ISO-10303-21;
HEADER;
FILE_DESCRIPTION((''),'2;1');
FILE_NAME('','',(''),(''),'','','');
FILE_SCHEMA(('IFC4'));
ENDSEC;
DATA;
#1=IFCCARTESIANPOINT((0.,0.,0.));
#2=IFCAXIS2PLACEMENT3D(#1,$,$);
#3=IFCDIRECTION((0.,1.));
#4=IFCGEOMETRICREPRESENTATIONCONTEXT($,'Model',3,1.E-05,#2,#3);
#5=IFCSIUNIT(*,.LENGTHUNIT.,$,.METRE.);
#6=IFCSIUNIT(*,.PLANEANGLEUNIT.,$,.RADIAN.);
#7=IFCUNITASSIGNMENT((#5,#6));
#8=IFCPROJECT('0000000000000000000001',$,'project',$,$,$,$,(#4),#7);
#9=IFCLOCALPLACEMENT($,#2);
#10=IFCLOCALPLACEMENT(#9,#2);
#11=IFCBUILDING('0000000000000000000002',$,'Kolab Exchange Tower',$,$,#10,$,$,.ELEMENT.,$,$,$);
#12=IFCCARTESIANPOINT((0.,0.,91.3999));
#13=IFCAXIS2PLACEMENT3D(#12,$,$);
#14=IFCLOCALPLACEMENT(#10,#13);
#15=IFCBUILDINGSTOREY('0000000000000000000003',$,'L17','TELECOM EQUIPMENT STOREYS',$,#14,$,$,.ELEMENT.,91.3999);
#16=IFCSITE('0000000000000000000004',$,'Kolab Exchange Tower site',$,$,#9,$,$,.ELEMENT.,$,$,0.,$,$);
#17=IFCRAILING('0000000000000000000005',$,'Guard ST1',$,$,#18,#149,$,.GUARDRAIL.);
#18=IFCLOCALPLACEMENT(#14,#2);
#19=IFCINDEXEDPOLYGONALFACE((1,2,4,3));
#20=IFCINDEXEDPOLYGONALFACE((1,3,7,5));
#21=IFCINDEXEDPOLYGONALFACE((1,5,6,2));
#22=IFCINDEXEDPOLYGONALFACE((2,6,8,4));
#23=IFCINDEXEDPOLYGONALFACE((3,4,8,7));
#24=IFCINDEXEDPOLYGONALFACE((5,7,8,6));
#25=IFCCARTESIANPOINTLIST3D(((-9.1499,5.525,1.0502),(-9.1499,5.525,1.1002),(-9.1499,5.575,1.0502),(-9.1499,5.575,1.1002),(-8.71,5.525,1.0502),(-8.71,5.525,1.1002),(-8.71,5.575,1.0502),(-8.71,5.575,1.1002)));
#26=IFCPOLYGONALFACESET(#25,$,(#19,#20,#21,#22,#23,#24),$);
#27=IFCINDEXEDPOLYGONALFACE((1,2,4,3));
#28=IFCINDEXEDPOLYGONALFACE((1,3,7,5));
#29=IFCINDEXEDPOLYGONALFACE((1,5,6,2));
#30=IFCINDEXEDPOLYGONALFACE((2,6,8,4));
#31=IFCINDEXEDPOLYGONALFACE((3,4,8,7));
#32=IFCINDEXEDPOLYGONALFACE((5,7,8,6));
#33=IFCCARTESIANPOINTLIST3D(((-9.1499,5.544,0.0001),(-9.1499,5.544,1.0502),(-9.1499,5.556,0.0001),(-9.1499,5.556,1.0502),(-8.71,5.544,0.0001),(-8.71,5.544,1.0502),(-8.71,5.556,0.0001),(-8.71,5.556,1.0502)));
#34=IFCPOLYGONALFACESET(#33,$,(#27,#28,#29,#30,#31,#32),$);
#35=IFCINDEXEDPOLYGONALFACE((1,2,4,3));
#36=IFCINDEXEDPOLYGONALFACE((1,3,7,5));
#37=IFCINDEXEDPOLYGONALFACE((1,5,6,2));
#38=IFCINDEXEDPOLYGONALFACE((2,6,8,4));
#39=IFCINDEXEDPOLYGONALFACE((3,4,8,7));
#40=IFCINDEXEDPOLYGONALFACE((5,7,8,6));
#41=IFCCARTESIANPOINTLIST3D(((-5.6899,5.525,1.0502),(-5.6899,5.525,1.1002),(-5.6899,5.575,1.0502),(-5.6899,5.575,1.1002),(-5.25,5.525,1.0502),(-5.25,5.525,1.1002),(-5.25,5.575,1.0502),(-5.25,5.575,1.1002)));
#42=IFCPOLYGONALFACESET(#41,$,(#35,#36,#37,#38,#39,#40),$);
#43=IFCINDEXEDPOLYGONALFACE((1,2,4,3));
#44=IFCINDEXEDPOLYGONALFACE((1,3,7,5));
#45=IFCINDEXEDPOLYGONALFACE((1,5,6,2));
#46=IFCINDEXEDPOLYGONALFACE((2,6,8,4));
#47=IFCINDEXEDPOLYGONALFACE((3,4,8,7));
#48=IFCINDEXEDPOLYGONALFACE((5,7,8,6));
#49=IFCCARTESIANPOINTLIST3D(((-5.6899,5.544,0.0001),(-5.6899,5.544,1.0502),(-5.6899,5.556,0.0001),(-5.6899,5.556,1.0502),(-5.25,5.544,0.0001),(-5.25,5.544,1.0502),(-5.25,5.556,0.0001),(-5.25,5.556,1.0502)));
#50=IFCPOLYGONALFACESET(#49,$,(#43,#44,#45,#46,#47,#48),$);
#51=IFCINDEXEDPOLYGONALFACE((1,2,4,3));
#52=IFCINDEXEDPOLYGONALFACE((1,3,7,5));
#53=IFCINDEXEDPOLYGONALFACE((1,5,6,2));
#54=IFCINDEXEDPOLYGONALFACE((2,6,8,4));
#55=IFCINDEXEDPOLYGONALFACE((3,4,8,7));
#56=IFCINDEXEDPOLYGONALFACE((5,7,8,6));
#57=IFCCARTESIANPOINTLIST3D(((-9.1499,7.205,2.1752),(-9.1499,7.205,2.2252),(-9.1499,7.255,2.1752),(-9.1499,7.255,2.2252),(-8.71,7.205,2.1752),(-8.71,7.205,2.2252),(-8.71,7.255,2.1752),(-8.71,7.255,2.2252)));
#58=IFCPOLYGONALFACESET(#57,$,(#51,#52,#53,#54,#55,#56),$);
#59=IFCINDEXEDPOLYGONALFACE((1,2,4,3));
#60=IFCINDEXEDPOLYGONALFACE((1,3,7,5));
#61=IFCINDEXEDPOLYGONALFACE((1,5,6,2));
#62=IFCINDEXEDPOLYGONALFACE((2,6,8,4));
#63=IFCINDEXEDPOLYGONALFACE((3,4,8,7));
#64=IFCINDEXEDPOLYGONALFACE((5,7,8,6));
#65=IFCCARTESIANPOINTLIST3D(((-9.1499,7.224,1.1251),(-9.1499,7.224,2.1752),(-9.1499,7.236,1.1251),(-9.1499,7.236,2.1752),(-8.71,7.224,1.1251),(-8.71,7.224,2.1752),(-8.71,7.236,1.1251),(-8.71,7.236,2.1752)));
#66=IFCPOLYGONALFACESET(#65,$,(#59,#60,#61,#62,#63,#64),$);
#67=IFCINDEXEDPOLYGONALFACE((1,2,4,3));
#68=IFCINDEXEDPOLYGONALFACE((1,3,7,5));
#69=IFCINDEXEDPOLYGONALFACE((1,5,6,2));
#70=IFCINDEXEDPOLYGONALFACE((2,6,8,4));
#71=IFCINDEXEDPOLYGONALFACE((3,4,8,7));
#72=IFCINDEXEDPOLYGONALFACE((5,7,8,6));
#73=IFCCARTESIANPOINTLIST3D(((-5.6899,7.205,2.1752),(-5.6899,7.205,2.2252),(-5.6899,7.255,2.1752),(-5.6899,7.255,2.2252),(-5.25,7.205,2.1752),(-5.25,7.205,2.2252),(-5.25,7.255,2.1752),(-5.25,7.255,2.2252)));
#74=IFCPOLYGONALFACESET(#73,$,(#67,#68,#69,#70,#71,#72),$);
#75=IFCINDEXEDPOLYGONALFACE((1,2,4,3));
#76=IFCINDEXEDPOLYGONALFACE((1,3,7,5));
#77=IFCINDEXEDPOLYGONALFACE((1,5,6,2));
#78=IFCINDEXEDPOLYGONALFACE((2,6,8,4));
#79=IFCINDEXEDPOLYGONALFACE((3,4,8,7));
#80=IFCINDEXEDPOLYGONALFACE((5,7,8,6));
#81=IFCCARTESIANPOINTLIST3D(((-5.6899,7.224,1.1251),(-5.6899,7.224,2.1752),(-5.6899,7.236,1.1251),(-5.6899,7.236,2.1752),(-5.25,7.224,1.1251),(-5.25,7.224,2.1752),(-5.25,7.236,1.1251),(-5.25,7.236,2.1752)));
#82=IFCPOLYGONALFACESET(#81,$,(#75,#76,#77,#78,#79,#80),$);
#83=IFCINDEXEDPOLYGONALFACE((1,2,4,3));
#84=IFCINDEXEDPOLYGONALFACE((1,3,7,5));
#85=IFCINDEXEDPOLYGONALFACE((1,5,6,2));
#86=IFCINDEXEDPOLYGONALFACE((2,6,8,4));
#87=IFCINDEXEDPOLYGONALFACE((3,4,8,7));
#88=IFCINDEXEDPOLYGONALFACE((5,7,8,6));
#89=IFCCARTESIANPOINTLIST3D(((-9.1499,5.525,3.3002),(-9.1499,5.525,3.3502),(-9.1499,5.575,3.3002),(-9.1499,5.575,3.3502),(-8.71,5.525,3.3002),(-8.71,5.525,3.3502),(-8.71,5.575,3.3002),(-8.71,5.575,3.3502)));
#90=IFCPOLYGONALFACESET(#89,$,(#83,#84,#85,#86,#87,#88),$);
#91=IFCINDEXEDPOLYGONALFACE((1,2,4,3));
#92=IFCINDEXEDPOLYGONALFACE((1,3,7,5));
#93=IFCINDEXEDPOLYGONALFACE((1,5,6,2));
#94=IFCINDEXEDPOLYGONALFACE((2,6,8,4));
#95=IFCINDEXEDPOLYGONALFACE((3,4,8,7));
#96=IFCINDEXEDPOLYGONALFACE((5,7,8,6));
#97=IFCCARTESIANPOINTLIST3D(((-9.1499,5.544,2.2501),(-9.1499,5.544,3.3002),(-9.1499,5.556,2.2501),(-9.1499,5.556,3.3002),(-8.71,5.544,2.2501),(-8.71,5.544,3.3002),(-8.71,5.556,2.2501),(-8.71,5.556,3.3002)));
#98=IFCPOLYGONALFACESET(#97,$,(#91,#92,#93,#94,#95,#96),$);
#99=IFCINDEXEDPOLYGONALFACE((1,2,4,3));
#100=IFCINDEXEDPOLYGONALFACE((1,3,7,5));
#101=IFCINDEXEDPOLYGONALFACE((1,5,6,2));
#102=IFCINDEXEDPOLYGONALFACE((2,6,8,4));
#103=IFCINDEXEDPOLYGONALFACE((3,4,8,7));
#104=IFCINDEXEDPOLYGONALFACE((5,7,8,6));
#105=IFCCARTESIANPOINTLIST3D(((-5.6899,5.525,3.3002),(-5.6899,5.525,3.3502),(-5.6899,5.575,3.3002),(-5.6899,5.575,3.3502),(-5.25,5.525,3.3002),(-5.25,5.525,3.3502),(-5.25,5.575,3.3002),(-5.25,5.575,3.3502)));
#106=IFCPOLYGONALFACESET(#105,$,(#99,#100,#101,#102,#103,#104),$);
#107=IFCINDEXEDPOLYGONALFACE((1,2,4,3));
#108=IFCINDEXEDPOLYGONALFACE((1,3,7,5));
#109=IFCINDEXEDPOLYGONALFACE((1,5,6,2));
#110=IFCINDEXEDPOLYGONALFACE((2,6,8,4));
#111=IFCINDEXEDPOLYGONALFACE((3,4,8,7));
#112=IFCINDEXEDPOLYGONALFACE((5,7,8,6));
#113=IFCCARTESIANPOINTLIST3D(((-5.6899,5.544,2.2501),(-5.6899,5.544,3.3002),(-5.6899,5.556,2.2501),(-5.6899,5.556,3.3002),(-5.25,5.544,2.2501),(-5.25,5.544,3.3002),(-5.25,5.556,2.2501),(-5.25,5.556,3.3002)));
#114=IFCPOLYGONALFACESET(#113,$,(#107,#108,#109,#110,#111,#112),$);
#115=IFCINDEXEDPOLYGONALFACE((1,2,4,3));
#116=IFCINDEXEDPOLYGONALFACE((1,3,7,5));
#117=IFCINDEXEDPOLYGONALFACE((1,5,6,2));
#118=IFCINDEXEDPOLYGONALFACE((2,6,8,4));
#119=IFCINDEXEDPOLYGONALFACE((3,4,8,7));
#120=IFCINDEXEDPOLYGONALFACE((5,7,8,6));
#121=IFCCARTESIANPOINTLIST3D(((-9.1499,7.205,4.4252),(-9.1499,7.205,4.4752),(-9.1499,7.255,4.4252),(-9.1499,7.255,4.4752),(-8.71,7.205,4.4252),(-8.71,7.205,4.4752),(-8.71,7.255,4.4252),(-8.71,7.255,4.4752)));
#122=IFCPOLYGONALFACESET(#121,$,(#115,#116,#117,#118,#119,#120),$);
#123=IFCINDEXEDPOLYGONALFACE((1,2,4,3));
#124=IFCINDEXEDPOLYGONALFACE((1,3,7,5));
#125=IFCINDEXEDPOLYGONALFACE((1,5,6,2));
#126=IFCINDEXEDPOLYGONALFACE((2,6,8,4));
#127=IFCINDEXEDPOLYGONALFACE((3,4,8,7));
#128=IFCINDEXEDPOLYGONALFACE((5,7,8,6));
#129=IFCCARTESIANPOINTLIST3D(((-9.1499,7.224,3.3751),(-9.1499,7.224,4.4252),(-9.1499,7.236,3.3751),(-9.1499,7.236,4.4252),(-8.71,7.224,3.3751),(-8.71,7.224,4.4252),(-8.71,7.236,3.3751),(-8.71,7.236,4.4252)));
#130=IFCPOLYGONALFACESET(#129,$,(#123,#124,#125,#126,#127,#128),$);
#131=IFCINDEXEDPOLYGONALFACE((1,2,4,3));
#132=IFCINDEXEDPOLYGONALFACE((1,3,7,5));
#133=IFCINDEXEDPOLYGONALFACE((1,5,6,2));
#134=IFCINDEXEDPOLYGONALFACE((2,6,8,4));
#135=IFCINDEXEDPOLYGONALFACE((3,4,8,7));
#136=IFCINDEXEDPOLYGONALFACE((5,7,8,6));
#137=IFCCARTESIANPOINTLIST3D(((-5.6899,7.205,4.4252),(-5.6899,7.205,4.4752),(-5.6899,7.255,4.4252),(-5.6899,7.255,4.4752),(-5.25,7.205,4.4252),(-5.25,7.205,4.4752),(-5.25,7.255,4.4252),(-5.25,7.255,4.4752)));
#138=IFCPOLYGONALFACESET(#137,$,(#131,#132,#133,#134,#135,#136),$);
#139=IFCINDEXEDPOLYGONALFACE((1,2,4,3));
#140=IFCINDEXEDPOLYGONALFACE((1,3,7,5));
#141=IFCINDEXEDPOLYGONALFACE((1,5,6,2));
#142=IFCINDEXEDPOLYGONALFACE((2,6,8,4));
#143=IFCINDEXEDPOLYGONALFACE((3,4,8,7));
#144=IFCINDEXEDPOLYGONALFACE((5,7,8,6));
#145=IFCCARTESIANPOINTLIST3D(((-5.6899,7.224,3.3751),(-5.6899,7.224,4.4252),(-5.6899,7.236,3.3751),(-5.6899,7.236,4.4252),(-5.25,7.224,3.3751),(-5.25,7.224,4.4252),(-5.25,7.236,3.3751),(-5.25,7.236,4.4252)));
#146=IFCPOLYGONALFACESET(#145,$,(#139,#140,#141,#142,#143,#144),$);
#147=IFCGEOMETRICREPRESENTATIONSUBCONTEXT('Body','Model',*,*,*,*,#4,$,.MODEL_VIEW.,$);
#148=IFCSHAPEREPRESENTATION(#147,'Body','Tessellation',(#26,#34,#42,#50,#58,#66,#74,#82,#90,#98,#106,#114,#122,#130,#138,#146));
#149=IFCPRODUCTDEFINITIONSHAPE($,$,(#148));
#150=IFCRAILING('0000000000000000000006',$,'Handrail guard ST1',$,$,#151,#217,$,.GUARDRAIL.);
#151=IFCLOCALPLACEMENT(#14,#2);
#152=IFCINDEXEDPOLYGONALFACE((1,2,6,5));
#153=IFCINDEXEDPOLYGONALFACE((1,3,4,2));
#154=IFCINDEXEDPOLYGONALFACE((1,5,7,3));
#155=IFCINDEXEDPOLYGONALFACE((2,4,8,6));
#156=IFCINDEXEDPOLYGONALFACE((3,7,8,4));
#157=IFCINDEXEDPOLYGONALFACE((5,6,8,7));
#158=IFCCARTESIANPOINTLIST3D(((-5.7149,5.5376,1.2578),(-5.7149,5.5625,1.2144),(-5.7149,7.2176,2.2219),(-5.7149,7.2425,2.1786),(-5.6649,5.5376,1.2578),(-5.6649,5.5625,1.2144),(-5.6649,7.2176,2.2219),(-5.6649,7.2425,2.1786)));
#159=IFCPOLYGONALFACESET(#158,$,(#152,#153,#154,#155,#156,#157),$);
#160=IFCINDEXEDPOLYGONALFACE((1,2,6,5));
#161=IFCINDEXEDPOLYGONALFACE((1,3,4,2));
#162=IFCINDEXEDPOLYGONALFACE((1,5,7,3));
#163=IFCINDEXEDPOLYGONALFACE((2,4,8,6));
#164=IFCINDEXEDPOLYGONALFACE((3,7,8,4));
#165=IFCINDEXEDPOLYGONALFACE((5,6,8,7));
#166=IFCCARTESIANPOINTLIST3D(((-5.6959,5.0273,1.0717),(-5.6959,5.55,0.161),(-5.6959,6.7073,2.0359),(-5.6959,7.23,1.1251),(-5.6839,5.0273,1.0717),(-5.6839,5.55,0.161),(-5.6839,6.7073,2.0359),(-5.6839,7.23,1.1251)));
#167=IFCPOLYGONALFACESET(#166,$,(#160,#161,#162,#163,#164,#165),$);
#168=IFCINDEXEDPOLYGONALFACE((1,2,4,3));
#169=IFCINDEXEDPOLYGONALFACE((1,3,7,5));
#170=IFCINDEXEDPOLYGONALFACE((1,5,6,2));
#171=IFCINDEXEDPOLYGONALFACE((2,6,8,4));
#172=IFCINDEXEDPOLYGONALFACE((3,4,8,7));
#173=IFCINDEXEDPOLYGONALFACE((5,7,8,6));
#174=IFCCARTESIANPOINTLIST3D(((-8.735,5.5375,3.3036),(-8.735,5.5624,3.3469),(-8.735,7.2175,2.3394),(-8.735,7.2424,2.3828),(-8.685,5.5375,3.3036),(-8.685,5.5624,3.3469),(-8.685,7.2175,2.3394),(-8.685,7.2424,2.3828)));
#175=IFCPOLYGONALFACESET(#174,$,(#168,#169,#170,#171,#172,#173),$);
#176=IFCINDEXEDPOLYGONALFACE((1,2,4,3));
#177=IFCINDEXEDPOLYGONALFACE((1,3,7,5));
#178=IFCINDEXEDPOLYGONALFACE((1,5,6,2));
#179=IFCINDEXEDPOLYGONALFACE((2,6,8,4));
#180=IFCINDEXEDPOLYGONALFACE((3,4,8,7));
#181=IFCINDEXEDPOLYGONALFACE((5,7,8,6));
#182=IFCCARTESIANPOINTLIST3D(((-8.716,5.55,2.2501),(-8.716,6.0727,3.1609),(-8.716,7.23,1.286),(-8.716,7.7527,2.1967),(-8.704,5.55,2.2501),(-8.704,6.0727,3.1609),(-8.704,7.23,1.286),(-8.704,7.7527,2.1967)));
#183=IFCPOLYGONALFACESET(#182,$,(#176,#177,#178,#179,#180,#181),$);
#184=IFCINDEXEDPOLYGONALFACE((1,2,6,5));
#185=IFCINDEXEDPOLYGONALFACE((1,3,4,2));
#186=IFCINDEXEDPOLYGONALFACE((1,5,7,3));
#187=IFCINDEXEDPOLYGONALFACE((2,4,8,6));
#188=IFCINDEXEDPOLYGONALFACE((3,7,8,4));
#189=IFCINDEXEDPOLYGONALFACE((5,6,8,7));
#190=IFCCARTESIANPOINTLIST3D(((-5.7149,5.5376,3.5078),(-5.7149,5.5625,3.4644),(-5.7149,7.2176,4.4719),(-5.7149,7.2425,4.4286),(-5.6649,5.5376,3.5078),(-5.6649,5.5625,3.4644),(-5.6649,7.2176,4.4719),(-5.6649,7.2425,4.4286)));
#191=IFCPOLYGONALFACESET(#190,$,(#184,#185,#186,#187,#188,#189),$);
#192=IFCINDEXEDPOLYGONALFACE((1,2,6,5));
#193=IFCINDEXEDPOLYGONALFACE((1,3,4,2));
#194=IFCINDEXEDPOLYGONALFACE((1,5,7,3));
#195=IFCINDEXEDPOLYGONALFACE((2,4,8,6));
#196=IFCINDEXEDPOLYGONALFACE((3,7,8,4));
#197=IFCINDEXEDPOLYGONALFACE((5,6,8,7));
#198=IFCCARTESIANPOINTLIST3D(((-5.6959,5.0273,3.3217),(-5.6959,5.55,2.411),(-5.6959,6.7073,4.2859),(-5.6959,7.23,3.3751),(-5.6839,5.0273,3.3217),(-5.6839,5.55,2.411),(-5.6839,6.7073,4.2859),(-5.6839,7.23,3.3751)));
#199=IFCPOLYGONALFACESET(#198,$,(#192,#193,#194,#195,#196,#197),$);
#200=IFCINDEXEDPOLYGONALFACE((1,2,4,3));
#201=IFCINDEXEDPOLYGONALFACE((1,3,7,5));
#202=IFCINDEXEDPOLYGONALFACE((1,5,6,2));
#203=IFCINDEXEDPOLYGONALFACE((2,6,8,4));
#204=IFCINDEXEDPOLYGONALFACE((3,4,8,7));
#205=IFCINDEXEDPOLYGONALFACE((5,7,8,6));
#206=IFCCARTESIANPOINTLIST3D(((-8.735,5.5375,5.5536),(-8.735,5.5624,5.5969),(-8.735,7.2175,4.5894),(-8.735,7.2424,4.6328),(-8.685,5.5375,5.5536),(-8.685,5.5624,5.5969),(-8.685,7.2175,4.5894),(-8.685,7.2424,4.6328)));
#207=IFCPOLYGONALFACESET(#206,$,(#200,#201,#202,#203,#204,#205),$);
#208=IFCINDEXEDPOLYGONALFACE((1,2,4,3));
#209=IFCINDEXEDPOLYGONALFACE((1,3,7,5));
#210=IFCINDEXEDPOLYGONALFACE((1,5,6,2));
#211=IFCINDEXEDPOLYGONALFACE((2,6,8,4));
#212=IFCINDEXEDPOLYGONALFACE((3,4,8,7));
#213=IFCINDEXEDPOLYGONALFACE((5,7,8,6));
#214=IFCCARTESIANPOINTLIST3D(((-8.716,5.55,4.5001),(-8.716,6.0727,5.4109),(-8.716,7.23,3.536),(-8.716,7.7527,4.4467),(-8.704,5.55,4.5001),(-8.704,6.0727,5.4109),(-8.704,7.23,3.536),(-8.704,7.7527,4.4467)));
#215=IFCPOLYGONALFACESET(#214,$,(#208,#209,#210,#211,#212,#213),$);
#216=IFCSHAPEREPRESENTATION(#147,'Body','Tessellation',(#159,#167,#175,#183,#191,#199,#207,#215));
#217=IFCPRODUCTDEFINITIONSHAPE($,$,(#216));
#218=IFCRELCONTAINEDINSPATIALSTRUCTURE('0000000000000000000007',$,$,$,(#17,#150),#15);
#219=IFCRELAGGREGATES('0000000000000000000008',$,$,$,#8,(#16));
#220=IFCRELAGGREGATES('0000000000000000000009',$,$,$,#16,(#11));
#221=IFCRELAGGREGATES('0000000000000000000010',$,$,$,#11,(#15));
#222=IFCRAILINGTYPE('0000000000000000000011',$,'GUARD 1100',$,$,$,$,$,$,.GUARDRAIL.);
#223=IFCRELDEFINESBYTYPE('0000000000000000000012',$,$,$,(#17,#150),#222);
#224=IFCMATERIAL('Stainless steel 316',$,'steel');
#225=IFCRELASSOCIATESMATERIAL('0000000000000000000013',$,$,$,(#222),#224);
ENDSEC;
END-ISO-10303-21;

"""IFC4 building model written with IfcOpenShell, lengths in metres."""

from ifc_helpers import new_model, si_unit, direction, frame, frame_2d, origin, origin_2d, place, context, subcontext, project, spatial, rectangle, extrude, material, type_object, element, save


model = new_model("IFC4")

# Units and contexts
model_context = context("Model", 3, precision=1e-05, world=origin(), true_north=direction((0.0, 1.0)))
body_context = subcontext(model_context, "Body", "Model", "MODEL_VIEW")
ifc_project = project(units=[si_unit("LENGTHUNIT", "METRE"), si_unit("PLANEANGLEUNIT", "RADIAN")], contexts=[model_context])

# Site, building, storey
site_placement = place(None, origin())
site = spatial("IfcSite", under=ifc_project, at=site_placement, Name="Kolab Exchange Tower site", CompositionType="ELEMENT", RefElevation=0.0)
building_placement = place(site_placement, origin())
building = spatial("IfcBuilding", under=site, at=building_placement, Name="Kolab Exchange Tower", CompositionType="ELEMENT")
storey_placement = place(building_placement, frame((0.0, 0.0, 91.3999)))
storey = spatial("IfcBuildingStorey", under=building, at=storey_placement, Name="L17", Description="TELECOM EQUIPMENT STOREYS", CompositionType="ELEMENT", Elevation=91.3999)

# Railings
ifc_material_1 = material(Name="Stainless steel 316", Category="steel")
railing_type = type_object("IfcRailingType", Name="GUARD 1100", PredefinedType="GUARDRAIL", material=ifc_material_1)
railing_1_placement = place(storey_placement, frame((-9.1499, 5.55, 0.0)))
element("IfcRailing", 1, at=railing_1_placement, inside=storey, type_object=railing_type, Name="Guard ST1", PredefinedType="GUARDRAIL", context=body_context, shape_type="SweptSolid", body=[
    extrude(rectangle(XDim=0.05, YDim=0.05, at=origin_2d()), frame((0.0, 0.0, 1.0752), z_axis=(1.0, 0.0, 0.0), x_axis=(0.0, 1.0, 0.0)), (0.0, 0.0, 1.0), 0.4399),
    extrude(rectangle(XDim=0.012, YDim=1.0501, at=frame_2d((0.0, 0.5251))), frame((0.0, 0.0, 0.0), z_axis=(1.0, 0.0, 0.0), x_axis=(0.0, 1.0, 0.0)), (0.0, 0.0, 1.0), 0.4399),
    extrude(rectangle(XDim=0.05, YDim=0.05, at=origin_2d()), frame((3.46, 0.0, 1.0752), z_axis=(1.0, 0.0, 0.0), x_axis=(0.0, 1.0, 0.0)), (0.0, 0.0, 1.0), 0.4399),
    extrude(rectangle(XDim=0.012, YDim=1.0501, at=frame_2d((0.0, 0.5251))), frame((3.46, 0.0, 0.0), z_axis=(1.0, 0.0, 0.0), x_axis=(0.0, 1.0, 0.0)), (0.0, 0.0, 1.0), 0.4399),
    extrude(rectangle(XDim=0.05, YDim=0.05, at=origin_2d()), frame((0.0, 1.6799, 2.2002), z_axis=(1.0, 0.0, 0.0), x_axis=(0.0, 1.0, 0.0)), (0.0, 0.0, 1.0), 0.4399),
    extrude(rectangle(XDim=0.012, YDim=1.0501, at=frame_2d((0.0, 0.5251))), frame((0.0, 1.6799, 1.125), z_axis=(1.0, 0.0, 0.0), x_axis=(0.0, 1.0, 0.0)), (0.0, 0.0, 1.0), 0.4399),
    extrude(rectangle(XDim=0.05, YDim=0.05, at=origin_2d()), frame((3.46, 1.6799, 2.2002), z_axis=(1.0, 0.0, 0.0), x_axis=(0.0, 1.0, 0.0)), (0.0, 0.0, 1.0), 0.4399),
    extrude(rectangle(XDim=0.012, YDim=1.0501, at=frame_2d((0.0, 0.5251))), frame((3.46, 1.6799, 1.125), z_axis=(1.0, 0.0, 0.0), x_axis=(0.0, 1.0, 0.0)), (0.0, 0.0, 1.0), 0.4399),
    extrude(rectangle(XDim=0.05, YDim=0.05, at=origin_2d()), frame((0.0, 0.0, 3.3252), z_axis=(1.0, 0.0, 0.0), x_axis=(0.0, 1.0, 0.0)), (0.0, 0.0, 1.0), 0.4399),
    extrude(rectangle(XDim=0.012, YDim=1.0501, at=frame_2d((0.0, 0.5251))), frame((0.0, 0.0, 2.25), z_axis=(1.0, 0.0, 0.0), x_axis=(0.0, 1.0, 0.0)), (0.0, 0.0, 1.0), 0.4399),
    extrude(rectangle(XDim=0.05, YDim=0.05, at=origin_2d()), frame((3.46, 0.0, 3.3252), z_axis=(1.0, 0.0, 0.0), x_axis=(0.0, 1.0, 0.0)), (0.0, 0.0, 1.0), 0.4399),
    extrude(rectangle(XDim=0.012, YDim=1.0501, at=frame_2d((0.0, 0.5251))), frame((3.46, 0.0, 2.25), z_axis=(1.0, 0.0, 0.0), x_axis=(0.0, 1.0, 0.0)), (0.0, 0.0, 1.0), 0.4399),
    extrude(rectangle(XDim=0.05, YDim=0.05, at=origin_2d()), frame((0.0, 1.6799, 4.4502), z_axis=(1.0, 0.0, 0.0), x_axis=(0.0, 1.0, 0.0)), (0.0, 0.0, 1.0), 0.4399),
    extrude(rectangle(XDim=0.012, YDim=1.0501, at=frame_2d((0.0, 0.5251))), frame((0.0, 1.6799, 3.375), z_axis=(1.0, 0.0, 0.0), x_axis=(0.0, 1.0, 0.0)), (0.0, 0.0, 1.0), 0.4399),
    extrude(rectangle(XDim=0.05, YDim=0.05, at=origin_2d()), frame((3.46, 1.6799, 4.4502), z_axis=(1.0, 0.0, 0.0), x_axis=(0.0, 1.0, 0.0)), (0.0, 0.0, 1.0), 0.4399),
    extrude(rectangle(XDim=0.012, YDim=1.0501, at=frame_2d((0.0, 0.5251))), frame((3.46, 1.6799, 3.375), z_axis=(1.0, 0.0, 0.0), x_axis=(0.0, 1.0, 0.0)), (0.0, 0.0, 1.0), 0.4399),
])
railing_2_placement = place(storey_placement, frame((-5.6899, 5.55, 0.1609)))
element("IfcRailing", 2, at=railing_2_placement, inside=storey, type_object=railing_type, Name="Handrail guard ST1", PredefinedType="GUARDRAIL", context=body_context, shape_type="SweptSolid", body=[
    extrude(rectangle(XDim=0.05, YDim=0.05, at=origin_2d()), frame((0.0, 0.0, 1.0752), z_axis=(0.0, 0.867319, 0.497753), x_axis=(-1.0, 0.0, 0.0)), (0.0, 0.0, 1.0), 1.937),
    extrude(rectangle(XDim=0.012, YDim=1.0501, at=frame_2d((0.0, 0.5251))), frame((0.0, 0.0, 0.0), z_axis=(0.0, 0.867319, 0.497753), x_axis=(-1.0, 0.0, 0.0)), (0.0, 0.0, 1.0), 1.937),
    extrude(rectangle(XDim=0.05, YDim=0.05, at=origin_2d()), frame((-3.02, 1.6799, 2.2002), z_axis=(0.0, -0.867319, 0.497753), x_axis=(1.0, 0.0, 0.0)), (0.0, 0.0, 1.0), 1.937),
    extrude(rectangle(XDim=0.012, YDim=1.0501, at=frame_2d((0.0, 0.5251))), frame((-3.02, 1.6799, 1.125), z_axis=(0.0, -0.867319, 0.497753), x_axis=(1.0, 0.0, 0.0)), (0.0, 0.0, 1.0), 1.937),
    extrude(rectangle(XDim=0.05, YDim=0.05, at=origin_2d()), frame((0.0, 0.0, 3.3252), z_axis=(0.0, 0.867319, 0.497753), x_axis=(-1.0, 0.0, 0.0)), (0.0, 0.0, 1.0), 1.937),
    extrude(rectangle(XDim=0.012, YDim=1.0501, at=frame_2d((0.0, 0.5251))), frame((0.0, 0.0, 2.25), z_axis=(0.0, 0.867319, 0.497753), x_axis=(-1.0, 0.0, 0.0)), (0.0, 0.0, 1.0), 1.937),
    extrude(rectangle(XDim=0.05, YDim=0.05, at=origin_2d()), frame((-3.02, 1.6799, 4.4502), z_axis=(0.0, -0.867319, 0.497753), x_axis=(1.0, 0.0, 0.0)), (0.0, 0.0, 1.0), 1.937),
    extrude(rectangle(XDim=0.012, YDim=1.0501, at=frame_2d((0.0, 0.5251))), frame((-3.02, 1.6799, 3.375), z_axis=(0.0, -0.867319, 0.497753), x_axis=(1.0, 0.0, 0.0)), (0.0, 0.0, 1.0), 1.937),
])

save(model, "model.ifc")
